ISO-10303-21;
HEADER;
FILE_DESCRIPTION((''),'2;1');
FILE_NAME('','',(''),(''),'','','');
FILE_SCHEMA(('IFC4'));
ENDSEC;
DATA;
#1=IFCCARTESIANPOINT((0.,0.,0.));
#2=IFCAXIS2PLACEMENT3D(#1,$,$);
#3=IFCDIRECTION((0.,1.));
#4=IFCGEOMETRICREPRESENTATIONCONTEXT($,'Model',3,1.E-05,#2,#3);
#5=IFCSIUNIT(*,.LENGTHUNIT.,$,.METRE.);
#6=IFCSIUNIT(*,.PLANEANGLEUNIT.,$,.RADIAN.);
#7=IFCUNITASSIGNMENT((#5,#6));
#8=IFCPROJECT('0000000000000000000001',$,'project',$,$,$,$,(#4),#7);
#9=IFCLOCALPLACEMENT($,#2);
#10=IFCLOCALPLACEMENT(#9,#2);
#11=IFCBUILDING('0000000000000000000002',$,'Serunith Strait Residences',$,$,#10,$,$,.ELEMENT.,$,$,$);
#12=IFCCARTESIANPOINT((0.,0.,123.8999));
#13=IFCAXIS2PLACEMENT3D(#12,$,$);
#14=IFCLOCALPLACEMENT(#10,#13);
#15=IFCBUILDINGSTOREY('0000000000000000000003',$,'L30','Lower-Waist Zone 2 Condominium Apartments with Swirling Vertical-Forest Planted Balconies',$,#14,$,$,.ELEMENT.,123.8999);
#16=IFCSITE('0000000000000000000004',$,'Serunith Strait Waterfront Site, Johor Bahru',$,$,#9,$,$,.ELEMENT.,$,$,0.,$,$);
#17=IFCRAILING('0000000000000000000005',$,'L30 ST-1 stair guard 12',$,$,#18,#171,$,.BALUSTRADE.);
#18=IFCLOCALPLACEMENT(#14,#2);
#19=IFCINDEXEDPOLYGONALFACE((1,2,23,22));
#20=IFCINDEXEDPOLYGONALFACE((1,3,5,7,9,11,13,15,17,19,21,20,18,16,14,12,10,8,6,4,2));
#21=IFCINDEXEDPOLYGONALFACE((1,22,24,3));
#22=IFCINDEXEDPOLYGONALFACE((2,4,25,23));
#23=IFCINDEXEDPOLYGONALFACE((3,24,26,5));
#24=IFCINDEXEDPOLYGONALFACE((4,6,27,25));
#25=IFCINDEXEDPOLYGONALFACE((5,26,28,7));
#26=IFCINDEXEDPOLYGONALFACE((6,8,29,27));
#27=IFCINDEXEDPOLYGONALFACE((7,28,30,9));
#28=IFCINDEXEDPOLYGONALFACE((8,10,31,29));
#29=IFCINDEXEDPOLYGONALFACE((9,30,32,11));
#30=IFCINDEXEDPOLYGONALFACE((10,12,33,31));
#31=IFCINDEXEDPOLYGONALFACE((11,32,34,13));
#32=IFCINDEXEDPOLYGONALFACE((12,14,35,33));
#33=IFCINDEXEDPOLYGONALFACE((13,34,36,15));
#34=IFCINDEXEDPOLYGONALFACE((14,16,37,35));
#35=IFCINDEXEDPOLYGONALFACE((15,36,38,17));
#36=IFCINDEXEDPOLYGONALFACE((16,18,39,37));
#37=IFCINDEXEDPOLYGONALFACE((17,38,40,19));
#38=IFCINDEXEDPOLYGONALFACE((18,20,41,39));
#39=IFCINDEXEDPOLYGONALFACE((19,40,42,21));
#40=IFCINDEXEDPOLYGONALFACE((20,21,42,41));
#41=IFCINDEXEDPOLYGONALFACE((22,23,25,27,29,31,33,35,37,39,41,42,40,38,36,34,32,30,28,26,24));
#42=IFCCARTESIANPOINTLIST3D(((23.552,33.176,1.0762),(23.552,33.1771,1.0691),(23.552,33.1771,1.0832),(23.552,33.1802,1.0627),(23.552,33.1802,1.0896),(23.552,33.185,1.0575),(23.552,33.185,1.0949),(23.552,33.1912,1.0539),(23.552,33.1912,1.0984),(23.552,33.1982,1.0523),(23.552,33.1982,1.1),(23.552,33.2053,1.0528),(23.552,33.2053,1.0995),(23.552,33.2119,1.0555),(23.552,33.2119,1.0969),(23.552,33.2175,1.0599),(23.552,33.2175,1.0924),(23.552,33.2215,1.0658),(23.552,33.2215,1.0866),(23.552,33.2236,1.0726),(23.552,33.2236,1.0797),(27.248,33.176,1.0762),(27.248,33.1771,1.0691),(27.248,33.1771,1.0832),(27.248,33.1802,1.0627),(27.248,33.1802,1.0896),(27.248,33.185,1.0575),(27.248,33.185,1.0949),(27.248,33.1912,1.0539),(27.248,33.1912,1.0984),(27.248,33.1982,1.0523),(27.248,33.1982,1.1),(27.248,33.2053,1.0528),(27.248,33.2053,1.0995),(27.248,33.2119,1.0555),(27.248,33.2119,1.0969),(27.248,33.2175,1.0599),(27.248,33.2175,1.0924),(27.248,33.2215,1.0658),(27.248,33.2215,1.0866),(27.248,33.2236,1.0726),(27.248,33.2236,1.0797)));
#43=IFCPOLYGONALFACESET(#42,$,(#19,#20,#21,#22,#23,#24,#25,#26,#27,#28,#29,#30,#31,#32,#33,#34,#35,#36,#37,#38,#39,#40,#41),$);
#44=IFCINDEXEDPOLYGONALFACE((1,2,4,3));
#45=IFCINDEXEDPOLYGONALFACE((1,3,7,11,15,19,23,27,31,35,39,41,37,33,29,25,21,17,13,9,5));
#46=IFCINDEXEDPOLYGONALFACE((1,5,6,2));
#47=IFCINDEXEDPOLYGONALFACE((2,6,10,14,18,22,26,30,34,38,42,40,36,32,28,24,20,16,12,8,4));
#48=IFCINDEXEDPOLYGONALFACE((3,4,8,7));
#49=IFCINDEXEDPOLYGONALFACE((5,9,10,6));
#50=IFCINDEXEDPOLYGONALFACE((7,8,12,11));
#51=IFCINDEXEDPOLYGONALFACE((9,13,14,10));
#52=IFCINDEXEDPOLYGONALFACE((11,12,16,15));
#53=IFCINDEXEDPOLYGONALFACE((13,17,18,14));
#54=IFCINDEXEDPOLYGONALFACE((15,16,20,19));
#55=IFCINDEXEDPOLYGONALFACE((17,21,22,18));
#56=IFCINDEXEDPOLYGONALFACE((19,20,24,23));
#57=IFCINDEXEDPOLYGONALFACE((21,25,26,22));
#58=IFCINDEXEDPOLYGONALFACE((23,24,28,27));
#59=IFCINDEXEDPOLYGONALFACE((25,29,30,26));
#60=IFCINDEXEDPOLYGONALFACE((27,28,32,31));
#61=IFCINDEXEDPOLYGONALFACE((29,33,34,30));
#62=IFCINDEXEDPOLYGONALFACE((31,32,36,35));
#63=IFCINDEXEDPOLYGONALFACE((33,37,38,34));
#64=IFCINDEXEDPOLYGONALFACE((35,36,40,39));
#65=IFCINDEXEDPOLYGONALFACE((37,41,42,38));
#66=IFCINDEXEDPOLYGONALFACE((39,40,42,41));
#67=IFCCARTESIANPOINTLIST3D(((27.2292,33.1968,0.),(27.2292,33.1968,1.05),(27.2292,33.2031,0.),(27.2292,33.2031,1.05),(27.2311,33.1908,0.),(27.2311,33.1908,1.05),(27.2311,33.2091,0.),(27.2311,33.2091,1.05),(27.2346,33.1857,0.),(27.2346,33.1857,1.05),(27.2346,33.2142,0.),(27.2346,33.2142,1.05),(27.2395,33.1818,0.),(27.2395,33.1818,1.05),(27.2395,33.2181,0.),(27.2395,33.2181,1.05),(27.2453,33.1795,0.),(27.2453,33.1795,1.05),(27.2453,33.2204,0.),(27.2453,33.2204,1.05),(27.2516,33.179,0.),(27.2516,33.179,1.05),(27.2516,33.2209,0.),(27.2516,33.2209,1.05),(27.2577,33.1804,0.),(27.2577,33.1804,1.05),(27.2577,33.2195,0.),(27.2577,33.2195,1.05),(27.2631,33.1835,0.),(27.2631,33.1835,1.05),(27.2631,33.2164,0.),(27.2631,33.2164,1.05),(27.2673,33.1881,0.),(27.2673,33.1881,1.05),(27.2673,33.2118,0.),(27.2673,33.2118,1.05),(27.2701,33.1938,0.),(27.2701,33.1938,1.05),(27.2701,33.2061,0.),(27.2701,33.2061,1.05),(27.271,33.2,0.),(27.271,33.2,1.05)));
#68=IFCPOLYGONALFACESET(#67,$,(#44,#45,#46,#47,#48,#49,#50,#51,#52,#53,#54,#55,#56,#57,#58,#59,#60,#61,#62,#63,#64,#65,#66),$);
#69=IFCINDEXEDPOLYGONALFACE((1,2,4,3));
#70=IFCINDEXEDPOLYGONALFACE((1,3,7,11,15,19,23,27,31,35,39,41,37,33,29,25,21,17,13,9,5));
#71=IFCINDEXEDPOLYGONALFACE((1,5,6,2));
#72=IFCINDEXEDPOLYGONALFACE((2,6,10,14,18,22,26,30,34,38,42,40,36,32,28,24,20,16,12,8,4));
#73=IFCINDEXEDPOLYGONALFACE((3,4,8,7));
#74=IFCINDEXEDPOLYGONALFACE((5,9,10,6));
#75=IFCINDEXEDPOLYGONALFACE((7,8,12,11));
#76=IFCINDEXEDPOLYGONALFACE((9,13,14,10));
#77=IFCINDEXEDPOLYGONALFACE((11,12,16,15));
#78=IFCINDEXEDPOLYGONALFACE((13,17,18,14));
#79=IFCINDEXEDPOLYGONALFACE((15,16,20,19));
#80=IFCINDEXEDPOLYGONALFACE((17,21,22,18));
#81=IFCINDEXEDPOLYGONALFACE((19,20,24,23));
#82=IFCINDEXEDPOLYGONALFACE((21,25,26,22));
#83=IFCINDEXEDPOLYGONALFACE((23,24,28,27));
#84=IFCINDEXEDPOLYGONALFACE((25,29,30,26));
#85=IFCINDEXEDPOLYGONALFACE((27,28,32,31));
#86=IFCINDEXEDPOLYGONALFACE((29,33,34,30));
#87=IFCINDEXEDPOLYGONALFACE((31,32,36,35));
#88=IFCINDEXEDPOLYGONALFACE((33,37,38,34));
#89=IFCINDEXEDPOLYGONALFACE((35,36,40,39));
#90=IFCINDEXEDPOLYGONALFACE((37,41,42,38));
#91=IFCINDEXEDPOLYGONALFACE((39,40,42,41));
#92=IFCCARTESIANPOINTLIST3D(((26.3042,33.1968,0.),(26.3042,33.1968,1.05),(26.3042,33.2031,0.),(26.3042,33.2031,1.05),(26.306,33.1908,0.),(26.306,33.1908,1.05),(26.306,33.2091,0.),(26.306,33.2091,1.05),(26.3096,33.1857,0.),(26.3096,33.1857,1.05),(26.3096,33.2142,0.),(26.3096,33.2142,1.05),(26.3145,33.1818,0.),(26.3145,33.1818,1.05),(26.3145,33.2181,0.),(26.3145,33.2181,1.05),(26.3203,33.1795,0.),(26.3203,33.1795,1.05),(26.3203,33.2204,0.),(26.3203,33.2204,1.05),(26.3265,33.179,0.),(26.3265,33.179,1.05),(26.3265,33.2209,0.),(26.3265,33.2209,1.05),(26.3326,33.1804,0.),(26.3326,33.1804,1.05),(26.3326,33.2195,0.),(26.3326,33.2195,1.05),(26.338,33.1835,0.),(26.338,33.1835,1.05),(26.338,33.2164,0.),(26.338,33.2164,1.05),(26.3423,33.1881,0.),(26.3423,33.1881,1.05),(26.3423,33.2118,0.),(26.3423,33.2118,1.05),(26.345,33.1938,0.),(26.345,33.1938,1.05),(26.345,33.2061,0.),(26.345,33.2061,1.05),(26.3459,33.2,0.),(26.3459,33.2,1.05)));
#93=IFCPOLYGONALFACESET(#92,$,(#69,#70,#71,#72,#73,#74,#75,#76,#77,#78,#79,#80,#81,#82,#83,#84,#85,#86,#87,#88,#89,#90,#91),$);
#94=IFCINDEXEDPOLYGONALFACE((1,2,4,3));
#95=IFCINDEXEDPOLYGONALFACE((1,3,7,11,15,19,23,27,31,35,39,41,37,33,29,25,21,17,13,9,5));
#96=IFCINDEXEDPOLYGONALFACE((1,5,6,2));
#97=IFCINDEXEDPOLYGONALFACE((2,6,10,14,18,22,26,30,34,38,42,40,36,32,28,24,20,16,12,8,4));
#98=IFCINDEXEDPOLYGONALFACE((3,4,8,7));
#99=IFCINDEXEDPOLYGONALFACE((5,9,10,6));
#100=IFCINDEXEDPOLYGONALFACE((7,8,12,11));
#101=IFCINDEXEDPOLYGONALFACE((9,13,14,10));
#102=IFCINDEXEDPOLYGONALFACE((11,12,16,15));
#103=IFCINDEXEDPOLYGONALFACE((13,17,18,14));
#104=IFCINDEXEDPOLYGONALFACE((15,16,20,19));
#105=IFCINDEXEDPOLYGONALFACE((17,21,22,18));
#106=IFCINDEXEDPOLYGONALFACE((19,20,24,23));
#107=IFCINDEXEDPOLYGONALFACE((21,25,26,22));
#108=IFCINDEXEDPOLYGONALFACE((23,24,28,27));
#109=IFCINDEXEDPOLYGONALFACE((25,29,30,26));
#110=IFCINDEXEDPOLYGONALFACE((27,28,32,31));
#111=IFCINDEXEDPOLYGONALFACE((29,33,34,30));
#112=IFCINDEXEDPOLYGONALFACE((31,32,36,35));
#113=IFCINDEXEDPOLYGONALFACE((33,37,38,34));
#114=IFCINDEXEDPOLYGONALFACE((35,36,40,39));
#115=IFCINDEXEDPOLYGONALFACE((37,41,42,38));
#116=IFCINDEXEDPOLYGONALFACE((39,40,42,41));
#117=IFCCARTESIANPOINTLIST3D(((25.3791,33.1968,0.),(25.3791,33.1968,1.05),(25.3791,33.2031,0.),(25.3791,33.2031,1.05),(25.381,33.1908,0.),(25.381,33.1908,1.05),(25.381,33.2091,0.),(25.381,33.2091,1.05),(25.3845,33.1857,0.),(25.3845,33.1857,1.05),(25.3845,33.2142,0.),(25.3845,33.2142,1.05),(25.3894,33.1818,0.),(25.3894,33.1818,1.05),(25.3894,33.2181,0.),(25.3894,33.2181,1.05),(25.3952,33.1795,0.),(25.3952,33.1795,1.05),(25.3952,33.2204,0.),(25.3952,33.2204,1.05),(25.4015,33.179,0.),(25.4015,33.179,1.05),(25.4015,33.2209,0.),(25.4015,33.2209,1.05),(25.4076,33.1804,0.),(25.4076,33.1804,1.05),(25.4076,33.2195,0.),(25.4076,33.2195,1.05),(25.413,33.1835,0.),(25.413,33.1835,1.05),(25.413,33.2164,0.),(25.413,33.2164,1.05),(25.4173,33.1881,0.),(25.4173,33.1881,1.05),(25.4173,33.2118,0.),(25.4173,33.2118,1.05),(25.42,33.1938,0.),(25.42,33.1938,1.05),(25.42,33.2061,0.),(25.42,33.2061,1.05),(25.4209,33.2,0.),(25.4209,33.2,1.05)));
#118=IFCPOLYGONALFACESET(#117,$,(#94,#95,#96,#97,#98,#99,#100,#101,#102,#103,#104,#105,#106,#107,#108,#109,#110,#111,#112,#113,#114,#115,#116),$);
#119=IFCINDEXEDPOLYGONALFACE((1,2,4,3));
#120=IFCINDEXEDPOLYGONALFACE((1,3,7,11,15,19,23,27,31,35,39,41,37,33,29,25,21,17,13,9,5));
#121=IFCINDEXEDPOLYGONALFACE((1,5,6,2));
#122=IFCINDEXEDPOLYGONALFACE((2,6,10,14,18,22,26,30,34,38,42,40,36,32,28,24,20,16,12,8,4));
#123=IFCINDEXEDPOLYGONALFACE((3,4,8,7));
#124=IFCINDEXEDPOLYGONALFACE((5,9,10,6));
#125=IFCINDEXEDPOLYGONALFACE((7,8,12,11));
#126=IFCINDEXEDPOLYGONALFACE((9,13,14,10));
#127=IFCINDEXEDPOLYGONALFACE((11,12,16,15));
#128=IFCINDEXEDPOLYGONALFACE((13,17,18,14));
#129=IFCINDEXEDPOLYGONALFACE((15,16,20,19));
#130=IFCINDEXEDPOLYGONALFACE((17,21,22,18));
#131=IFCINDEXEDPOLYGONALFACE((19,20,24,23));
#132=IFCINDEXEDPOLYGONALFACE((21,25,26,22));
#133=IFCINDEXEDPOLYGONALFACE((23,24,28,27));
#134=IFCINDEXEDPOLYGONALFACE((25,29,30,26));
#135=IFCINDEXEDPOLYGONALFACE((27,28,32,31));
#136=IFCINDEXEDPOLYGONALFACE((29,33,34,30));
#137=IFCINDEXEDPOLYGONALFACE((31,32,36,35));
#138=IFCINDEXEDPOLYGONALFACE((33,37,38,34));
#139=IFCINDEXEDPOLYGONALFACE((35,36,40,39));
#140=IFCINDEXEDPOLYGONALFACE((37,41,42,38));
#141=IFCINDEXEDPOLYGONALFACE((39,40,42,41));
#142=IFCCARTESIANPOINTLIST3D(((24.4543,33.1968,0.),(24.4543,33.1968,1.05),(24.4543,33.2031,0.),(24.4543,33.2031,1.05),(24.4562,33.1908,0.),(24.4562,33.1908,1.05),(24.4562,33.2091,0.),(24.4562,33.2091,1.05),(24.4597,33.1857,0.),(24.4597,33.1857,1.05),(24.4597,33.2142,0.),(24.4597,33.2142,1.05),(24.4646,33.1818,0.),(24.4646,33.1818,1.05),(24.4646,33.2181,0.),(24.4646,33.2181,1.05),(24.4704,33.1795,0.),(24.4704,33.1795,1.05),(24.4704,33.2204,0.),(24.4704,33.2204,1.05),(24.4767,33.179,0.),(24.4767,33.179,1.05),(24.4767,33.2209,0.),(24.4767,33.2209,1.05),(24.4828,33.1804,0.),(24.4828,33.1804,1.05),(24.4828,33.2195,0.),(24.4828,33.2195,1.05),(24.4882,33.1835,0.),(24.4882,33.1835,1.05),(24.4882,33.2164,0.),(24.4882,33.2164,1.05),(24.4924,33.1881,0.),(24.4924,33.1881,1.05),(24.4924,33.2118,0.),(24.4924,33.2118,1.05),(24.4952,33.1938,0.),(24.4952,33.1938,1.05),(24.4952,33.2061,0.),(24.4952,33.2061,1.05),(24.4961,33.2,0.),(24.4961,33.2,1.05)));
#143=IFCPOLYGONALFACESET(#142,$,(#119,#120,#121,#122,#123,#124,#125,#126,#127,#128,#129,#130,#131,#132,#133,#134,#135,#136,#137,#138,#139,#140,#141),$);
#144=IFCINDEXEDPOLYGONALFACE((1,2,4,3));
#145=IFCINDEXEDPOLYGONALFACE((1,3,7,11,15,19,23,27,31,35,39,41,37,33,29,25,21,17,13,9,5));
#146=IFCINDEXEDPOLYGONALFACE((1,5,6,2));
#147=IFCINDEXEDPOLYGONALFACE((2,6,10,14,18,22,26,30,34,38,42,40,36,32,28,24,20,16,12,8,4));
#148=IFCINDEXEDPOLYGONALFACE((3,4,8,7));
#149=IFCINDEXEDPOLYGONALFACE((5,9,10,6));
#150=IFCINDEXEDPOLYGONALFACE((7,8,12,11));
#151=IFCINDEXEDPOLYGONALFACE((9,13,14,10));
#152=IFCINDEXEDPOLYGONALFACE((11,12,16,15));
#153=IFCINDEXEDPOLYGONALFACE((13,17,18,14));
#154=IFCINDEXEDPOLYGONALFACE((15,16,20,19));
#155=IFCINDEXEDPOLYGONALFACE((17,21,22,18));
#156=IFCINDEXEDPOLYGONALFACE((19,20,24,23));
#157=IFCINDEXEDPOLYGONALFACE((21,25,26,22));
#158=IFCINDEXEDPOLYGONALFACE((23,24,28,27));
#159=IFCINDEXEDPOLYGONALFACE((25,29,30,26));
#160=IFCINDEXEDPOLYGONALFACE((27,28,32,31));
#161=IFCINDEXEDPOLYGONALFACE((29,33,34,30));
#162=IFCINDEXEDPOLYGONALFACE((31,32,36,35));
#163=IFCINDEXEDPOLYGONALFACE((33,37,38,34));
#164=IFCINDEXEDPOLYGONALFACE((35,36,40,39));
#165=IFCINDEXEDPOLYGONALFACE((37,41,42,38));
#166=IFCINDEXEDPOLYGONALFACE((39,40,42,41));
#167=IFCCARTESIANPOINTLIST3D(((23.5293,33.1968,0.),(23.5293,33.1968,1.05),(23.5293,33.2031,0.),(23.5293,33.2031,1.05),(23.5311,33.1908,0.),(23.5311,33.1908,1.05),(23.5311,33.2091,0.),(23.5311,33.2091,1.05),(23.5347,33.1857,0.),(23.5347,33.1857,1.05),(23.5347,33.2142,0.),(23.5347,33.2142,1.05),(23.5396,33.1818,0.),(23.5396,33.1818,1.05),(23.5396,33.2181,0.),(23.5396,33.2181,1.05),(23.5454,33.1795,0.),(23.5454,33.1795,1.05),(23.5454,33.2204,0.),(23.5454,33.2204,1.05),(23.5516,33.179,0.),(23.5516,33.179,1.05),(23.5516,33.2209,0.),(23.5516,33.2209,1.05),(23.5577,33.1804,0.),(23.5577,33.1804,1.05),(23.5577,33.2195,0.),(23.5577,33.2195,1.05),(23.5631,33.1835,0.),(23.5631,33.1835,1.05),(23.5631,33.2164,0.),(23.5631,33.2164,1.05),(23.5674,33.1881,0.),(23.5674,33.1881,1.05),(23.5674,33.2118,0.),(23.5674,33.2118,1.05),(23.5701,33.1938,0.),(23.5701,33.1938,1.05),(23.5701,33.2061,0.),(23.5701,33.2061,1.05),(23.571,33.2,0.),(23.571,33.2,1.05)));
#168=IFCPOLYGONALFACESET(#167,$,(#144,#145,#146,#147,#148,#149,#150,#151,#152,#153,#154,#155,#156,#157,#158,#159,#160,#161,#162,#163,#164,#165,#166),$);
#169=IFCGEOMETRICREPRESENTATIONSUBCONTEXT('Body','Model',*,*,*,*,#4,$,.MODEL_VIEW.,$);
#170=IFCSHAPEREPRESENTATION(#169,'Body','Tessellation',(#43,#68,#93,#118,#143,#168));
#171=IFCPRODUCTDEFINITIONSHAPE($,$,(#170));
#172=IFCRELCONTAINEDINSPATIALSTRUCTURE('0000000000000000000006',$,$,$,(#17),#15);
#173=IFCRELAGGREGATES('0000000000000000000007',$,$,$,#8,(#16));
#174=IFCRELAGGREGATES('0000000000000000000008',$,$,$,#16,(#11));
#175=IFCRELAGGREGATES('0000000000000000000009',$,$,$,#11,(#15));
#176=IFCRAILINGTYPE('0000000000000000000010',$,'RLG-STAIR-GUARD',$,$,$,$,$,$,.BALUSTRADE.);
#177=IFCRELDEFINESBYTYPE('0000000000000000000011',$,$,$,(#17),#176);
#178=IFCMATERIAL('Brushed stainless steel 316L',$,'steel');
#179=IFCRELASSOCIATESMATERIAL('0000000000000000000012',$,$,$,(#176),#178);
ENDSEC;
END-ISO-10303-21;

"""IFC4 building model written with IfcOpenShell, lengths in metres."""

from ifc_helpers import new_model, si_unit, direction, frame, origin, origin_2d, place, context, subcontext, project, spatial, circle, extrude, material, type_object, element, save


model = new_model("IFC4")

# Units and contexts
model_context = context("Model", 3, precision=1e-05, world=origin(), true_north=direction((0.0, 1.0)))
body_context = subcontext(model_context, "Body", "Model", "MODEL_VIEW")
ifc_project = project(units=[si_unit("LENGTHUNIT", "METRE"), si_unit("PLANEANGLEUNIT", "RADIAN")], contexts=[model_context])

# Site, building, storey
site_placement = place(None, origin())
site = spatial("IfcSite", under=ifc_project, at=site_placement, Name="Serunith Strait Waterfront Site, Johor Bahru", CompositionType="ELEMENT", RefElevation=0.0)
building_placement = place(site_placement, origin())
building = spatial("IfcBuilding", under=site, at=building_placement, Name="Serunith Strait Residences", CompositionType="ELEMENT")
storey_placement = place(building_placement, frame((0.0, 0.0, 123.8999)))
storey = spatial("IfcBuildingStorey", under=building, at=storey_placement, Name="L30", Description="Lower-Waist Zone 2 Condominium Apartments with Swirling Vertical-Forest Planted Balconies", CompositionType="ELEMENT", Elevation=123.8999)

# Railing
ifc_material_1 = material(Name="Brushed stainless steel 316L", Category="steel")
railing_type_1 = type_object("IfcRailingType", Name="RLG-STAIR-GUARD", PredefinedType="BALUSTRADE", material=ifc_material_1)
railing_1_placement = place(storey_placement, frame((27.25, 33.2, 0.0)))
element("IfcRailing", 1, at=railing_1_placement, inside=storey, type_object=railing_type_1, Name="L30 ST-1 stair guard 12", PredefinedType="BALUSTRADE", context=body_context, shape_type="SweptSolid", body=[
    extrude(circle(Radius=0.0239, at=origin_2d()), frame((-0.002, 0.0, 1.0762), z_axis=(-1.0, 0.0, 0.0), x_axis=(0.0, -1.0, 0.0)), (0.0, 0.0, 1.0), 3.696),
    extrude(circle(Radius=0.021, at=origin_2d()), origin(), (0.0, 0.0, 1.0), 1.05),
    extrude(circle(Radius=0.021, at=origin_2d()), frame((-0.925, 0.0, 0.0)), (0.0, 0.0, 1.0), 1.05),
    extrude(circle(Radius=0.021, at=origin_2d()), frame((-1.8501, 0.0, 0.0)), (0.0, 0.0, 1.0), 1.05),
    extrude(circle(Radius=0.021, at=origin_2d()), frame((-2.7749, 0.0, 0.0)), (0.0, 0.0, 1.0), 1.05),
    extrude(circle(Radius=0.021, at=origin_2d()), frame((-3.7, 0.0, 0.0)), (0.0, 0.0, 1.0), 1.05),
])

save(model, "model.ifc")
